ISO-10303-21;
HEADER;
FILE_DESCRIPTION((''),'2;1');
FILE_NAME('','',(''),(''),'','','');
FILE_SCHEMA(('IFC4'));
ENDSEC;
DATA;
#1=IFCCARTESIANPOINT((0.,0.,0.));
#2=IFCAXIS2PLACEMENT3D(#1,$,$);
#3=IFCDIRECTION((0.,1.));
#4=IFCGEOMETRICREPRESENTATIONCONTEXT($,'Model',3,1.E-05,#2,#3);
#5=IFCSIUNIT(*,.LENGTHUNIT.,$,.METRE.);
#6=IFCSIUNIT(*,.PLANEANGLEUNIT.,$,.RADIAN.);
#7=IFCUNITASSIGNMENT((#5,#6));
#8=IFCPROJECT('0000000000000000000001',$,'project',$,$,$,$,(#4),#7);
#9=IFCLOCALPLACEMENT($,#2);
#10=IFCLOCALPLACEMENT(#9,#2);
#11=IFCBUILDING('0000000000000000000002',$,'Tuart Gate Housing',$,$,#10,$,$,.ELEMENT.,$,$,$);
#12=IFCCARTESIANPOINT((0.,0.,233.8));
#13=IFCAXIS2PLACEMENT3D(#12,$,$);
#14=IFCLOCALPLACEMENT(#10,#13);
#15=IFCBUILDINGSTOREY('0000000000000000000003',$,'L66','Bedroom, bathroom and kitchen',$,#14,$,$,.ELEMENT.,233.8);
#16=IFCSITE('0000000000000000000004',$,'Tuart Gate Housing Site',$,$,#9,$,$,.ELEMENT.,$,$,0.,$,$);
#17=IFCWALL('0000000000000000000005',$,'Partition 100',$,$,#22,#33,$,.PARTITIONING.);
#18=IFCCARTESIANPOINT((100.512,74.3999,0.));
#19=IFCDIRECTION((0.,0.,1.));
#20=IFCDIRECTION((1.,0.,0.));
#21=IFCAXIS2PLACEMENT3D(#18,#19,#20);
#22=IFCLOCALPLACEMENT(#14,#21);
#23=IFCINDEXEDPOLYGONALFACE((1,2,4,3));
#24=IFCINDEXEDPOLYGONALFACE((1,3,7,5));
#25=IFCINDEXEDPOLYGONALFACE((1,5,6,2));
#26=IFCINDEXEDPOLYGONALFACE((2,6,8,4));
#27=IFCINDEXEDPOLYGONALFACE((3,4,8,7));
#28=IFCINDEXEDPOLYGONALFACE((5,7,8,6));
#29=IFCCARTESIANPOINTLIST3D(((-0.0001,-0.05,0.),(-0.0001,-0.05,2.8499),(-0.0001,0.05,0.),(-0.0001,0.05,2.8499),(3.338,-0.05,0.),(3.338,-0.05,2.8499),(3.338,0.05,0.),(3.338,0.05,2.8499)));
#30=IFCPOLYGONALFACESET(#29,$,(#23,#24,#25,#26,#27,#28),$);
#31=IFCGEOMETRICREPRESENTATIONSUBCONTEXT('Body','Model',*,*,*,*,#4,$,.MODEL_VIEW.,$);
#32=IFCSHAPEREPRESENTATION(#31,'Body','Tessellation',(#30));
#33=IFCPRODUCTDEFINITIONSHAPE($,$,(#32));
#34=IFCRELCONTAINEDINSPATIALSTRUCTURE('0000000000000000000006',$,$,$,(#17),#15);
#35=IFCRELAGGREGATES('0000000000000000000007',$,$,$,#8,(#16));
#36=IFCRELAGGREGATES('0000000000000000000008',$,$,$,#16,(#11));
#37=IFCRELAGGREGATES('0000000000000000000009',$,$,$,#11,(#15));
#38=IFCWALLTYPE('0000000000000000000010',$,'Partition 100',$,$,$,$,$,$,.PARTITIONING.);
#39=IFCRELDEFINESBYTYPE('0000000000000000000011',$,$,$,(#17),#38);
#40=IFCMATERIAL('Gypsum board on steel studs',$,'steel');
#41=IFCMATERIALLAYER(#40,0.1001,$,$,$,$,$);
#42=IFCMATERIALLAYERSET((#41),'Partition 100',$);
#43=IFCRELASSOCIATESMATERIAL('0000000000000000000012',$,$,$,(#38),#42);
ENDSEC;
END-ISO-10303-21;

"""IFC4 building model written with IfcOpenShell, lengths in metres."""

from ifc_helpers import new_model, si_unit, direction, frame, frame_2d, origin, place, context, subcontext, project, spatial, rectangle, extrude, material, layer, layer_set, type_object, element, save


model = new_model("IFC4")

# Units and contexts
model_context = context("Model", 3, precision=1e-05, world=origin(), true_north=direction((0.0, 1.0)))
body_context = subcontext(model_context, "Body", "Model", "MODEL_VIEW")
ifc_project = project(units=[si_unit("LENGTHUNIT", "METRE"), si_unit("PLANEANGLEUNIT", "RADIAN")], contexts=[model_context])

# Site, building, storey
site_placement = place(None, origin())
site = spatial("IfcSite", under=ifc_project, at=site_placement, Name="Tuart Gate Housing Site", CompositionType="ELEMENT", RefElevation=0.0)
building_placement = place(site_placement, origin())
building = spatial("IfcBuilding", under=site, at=building_placement, Name="Tuart Gate Housing", CompositionType="ELEMENT")
storey_placement = place(building_placement, frame((0.0, 0.0, 233.8)))
storey = spatial("IfcBuildingStorey", under=building, at=storey_placement, Name="L66", Description="Bedroom, bathroom and kitchen", CompositionType="ELEMENT", Elevation=233.8)

# Wall
ifc_material_1 = material(Name="Gypsum board on steel studs", Category="steel")
ifc_layer_1 = layer(ifc_material_1, 0.1001)
ifc_layer_set_1 = layer_set([ifc_layer_1], Name="Partition 100")
wall_type_1 = type_object("IfcWallType", Name="Partition 100", PredefinedType="PARTITIONING", material=ifc_layer_set_1)
wall_1_placement = place(storey_placement, frame((100.512, 74.3999, 0.0), z_axis=(0.0, 0.0, 1.0), x_axis=(1.0, 0.0, 0.0)))
element("IfcWall", 1, at=wall_1_placement, inside=storey, type_object=wall_type_1, Name="Partition 100", PredefinedType="PARTITIONING", context=body_context, shape_type="SweptSolid", body=[
    extrude(rectangle(XDim=3.3381, YDim=0.1001, at=frame_2d((1.6689, 0.0))), origin(), (0.0, 0.0, 1.0), 2.8499),
])

save(model, "model.ifc")
